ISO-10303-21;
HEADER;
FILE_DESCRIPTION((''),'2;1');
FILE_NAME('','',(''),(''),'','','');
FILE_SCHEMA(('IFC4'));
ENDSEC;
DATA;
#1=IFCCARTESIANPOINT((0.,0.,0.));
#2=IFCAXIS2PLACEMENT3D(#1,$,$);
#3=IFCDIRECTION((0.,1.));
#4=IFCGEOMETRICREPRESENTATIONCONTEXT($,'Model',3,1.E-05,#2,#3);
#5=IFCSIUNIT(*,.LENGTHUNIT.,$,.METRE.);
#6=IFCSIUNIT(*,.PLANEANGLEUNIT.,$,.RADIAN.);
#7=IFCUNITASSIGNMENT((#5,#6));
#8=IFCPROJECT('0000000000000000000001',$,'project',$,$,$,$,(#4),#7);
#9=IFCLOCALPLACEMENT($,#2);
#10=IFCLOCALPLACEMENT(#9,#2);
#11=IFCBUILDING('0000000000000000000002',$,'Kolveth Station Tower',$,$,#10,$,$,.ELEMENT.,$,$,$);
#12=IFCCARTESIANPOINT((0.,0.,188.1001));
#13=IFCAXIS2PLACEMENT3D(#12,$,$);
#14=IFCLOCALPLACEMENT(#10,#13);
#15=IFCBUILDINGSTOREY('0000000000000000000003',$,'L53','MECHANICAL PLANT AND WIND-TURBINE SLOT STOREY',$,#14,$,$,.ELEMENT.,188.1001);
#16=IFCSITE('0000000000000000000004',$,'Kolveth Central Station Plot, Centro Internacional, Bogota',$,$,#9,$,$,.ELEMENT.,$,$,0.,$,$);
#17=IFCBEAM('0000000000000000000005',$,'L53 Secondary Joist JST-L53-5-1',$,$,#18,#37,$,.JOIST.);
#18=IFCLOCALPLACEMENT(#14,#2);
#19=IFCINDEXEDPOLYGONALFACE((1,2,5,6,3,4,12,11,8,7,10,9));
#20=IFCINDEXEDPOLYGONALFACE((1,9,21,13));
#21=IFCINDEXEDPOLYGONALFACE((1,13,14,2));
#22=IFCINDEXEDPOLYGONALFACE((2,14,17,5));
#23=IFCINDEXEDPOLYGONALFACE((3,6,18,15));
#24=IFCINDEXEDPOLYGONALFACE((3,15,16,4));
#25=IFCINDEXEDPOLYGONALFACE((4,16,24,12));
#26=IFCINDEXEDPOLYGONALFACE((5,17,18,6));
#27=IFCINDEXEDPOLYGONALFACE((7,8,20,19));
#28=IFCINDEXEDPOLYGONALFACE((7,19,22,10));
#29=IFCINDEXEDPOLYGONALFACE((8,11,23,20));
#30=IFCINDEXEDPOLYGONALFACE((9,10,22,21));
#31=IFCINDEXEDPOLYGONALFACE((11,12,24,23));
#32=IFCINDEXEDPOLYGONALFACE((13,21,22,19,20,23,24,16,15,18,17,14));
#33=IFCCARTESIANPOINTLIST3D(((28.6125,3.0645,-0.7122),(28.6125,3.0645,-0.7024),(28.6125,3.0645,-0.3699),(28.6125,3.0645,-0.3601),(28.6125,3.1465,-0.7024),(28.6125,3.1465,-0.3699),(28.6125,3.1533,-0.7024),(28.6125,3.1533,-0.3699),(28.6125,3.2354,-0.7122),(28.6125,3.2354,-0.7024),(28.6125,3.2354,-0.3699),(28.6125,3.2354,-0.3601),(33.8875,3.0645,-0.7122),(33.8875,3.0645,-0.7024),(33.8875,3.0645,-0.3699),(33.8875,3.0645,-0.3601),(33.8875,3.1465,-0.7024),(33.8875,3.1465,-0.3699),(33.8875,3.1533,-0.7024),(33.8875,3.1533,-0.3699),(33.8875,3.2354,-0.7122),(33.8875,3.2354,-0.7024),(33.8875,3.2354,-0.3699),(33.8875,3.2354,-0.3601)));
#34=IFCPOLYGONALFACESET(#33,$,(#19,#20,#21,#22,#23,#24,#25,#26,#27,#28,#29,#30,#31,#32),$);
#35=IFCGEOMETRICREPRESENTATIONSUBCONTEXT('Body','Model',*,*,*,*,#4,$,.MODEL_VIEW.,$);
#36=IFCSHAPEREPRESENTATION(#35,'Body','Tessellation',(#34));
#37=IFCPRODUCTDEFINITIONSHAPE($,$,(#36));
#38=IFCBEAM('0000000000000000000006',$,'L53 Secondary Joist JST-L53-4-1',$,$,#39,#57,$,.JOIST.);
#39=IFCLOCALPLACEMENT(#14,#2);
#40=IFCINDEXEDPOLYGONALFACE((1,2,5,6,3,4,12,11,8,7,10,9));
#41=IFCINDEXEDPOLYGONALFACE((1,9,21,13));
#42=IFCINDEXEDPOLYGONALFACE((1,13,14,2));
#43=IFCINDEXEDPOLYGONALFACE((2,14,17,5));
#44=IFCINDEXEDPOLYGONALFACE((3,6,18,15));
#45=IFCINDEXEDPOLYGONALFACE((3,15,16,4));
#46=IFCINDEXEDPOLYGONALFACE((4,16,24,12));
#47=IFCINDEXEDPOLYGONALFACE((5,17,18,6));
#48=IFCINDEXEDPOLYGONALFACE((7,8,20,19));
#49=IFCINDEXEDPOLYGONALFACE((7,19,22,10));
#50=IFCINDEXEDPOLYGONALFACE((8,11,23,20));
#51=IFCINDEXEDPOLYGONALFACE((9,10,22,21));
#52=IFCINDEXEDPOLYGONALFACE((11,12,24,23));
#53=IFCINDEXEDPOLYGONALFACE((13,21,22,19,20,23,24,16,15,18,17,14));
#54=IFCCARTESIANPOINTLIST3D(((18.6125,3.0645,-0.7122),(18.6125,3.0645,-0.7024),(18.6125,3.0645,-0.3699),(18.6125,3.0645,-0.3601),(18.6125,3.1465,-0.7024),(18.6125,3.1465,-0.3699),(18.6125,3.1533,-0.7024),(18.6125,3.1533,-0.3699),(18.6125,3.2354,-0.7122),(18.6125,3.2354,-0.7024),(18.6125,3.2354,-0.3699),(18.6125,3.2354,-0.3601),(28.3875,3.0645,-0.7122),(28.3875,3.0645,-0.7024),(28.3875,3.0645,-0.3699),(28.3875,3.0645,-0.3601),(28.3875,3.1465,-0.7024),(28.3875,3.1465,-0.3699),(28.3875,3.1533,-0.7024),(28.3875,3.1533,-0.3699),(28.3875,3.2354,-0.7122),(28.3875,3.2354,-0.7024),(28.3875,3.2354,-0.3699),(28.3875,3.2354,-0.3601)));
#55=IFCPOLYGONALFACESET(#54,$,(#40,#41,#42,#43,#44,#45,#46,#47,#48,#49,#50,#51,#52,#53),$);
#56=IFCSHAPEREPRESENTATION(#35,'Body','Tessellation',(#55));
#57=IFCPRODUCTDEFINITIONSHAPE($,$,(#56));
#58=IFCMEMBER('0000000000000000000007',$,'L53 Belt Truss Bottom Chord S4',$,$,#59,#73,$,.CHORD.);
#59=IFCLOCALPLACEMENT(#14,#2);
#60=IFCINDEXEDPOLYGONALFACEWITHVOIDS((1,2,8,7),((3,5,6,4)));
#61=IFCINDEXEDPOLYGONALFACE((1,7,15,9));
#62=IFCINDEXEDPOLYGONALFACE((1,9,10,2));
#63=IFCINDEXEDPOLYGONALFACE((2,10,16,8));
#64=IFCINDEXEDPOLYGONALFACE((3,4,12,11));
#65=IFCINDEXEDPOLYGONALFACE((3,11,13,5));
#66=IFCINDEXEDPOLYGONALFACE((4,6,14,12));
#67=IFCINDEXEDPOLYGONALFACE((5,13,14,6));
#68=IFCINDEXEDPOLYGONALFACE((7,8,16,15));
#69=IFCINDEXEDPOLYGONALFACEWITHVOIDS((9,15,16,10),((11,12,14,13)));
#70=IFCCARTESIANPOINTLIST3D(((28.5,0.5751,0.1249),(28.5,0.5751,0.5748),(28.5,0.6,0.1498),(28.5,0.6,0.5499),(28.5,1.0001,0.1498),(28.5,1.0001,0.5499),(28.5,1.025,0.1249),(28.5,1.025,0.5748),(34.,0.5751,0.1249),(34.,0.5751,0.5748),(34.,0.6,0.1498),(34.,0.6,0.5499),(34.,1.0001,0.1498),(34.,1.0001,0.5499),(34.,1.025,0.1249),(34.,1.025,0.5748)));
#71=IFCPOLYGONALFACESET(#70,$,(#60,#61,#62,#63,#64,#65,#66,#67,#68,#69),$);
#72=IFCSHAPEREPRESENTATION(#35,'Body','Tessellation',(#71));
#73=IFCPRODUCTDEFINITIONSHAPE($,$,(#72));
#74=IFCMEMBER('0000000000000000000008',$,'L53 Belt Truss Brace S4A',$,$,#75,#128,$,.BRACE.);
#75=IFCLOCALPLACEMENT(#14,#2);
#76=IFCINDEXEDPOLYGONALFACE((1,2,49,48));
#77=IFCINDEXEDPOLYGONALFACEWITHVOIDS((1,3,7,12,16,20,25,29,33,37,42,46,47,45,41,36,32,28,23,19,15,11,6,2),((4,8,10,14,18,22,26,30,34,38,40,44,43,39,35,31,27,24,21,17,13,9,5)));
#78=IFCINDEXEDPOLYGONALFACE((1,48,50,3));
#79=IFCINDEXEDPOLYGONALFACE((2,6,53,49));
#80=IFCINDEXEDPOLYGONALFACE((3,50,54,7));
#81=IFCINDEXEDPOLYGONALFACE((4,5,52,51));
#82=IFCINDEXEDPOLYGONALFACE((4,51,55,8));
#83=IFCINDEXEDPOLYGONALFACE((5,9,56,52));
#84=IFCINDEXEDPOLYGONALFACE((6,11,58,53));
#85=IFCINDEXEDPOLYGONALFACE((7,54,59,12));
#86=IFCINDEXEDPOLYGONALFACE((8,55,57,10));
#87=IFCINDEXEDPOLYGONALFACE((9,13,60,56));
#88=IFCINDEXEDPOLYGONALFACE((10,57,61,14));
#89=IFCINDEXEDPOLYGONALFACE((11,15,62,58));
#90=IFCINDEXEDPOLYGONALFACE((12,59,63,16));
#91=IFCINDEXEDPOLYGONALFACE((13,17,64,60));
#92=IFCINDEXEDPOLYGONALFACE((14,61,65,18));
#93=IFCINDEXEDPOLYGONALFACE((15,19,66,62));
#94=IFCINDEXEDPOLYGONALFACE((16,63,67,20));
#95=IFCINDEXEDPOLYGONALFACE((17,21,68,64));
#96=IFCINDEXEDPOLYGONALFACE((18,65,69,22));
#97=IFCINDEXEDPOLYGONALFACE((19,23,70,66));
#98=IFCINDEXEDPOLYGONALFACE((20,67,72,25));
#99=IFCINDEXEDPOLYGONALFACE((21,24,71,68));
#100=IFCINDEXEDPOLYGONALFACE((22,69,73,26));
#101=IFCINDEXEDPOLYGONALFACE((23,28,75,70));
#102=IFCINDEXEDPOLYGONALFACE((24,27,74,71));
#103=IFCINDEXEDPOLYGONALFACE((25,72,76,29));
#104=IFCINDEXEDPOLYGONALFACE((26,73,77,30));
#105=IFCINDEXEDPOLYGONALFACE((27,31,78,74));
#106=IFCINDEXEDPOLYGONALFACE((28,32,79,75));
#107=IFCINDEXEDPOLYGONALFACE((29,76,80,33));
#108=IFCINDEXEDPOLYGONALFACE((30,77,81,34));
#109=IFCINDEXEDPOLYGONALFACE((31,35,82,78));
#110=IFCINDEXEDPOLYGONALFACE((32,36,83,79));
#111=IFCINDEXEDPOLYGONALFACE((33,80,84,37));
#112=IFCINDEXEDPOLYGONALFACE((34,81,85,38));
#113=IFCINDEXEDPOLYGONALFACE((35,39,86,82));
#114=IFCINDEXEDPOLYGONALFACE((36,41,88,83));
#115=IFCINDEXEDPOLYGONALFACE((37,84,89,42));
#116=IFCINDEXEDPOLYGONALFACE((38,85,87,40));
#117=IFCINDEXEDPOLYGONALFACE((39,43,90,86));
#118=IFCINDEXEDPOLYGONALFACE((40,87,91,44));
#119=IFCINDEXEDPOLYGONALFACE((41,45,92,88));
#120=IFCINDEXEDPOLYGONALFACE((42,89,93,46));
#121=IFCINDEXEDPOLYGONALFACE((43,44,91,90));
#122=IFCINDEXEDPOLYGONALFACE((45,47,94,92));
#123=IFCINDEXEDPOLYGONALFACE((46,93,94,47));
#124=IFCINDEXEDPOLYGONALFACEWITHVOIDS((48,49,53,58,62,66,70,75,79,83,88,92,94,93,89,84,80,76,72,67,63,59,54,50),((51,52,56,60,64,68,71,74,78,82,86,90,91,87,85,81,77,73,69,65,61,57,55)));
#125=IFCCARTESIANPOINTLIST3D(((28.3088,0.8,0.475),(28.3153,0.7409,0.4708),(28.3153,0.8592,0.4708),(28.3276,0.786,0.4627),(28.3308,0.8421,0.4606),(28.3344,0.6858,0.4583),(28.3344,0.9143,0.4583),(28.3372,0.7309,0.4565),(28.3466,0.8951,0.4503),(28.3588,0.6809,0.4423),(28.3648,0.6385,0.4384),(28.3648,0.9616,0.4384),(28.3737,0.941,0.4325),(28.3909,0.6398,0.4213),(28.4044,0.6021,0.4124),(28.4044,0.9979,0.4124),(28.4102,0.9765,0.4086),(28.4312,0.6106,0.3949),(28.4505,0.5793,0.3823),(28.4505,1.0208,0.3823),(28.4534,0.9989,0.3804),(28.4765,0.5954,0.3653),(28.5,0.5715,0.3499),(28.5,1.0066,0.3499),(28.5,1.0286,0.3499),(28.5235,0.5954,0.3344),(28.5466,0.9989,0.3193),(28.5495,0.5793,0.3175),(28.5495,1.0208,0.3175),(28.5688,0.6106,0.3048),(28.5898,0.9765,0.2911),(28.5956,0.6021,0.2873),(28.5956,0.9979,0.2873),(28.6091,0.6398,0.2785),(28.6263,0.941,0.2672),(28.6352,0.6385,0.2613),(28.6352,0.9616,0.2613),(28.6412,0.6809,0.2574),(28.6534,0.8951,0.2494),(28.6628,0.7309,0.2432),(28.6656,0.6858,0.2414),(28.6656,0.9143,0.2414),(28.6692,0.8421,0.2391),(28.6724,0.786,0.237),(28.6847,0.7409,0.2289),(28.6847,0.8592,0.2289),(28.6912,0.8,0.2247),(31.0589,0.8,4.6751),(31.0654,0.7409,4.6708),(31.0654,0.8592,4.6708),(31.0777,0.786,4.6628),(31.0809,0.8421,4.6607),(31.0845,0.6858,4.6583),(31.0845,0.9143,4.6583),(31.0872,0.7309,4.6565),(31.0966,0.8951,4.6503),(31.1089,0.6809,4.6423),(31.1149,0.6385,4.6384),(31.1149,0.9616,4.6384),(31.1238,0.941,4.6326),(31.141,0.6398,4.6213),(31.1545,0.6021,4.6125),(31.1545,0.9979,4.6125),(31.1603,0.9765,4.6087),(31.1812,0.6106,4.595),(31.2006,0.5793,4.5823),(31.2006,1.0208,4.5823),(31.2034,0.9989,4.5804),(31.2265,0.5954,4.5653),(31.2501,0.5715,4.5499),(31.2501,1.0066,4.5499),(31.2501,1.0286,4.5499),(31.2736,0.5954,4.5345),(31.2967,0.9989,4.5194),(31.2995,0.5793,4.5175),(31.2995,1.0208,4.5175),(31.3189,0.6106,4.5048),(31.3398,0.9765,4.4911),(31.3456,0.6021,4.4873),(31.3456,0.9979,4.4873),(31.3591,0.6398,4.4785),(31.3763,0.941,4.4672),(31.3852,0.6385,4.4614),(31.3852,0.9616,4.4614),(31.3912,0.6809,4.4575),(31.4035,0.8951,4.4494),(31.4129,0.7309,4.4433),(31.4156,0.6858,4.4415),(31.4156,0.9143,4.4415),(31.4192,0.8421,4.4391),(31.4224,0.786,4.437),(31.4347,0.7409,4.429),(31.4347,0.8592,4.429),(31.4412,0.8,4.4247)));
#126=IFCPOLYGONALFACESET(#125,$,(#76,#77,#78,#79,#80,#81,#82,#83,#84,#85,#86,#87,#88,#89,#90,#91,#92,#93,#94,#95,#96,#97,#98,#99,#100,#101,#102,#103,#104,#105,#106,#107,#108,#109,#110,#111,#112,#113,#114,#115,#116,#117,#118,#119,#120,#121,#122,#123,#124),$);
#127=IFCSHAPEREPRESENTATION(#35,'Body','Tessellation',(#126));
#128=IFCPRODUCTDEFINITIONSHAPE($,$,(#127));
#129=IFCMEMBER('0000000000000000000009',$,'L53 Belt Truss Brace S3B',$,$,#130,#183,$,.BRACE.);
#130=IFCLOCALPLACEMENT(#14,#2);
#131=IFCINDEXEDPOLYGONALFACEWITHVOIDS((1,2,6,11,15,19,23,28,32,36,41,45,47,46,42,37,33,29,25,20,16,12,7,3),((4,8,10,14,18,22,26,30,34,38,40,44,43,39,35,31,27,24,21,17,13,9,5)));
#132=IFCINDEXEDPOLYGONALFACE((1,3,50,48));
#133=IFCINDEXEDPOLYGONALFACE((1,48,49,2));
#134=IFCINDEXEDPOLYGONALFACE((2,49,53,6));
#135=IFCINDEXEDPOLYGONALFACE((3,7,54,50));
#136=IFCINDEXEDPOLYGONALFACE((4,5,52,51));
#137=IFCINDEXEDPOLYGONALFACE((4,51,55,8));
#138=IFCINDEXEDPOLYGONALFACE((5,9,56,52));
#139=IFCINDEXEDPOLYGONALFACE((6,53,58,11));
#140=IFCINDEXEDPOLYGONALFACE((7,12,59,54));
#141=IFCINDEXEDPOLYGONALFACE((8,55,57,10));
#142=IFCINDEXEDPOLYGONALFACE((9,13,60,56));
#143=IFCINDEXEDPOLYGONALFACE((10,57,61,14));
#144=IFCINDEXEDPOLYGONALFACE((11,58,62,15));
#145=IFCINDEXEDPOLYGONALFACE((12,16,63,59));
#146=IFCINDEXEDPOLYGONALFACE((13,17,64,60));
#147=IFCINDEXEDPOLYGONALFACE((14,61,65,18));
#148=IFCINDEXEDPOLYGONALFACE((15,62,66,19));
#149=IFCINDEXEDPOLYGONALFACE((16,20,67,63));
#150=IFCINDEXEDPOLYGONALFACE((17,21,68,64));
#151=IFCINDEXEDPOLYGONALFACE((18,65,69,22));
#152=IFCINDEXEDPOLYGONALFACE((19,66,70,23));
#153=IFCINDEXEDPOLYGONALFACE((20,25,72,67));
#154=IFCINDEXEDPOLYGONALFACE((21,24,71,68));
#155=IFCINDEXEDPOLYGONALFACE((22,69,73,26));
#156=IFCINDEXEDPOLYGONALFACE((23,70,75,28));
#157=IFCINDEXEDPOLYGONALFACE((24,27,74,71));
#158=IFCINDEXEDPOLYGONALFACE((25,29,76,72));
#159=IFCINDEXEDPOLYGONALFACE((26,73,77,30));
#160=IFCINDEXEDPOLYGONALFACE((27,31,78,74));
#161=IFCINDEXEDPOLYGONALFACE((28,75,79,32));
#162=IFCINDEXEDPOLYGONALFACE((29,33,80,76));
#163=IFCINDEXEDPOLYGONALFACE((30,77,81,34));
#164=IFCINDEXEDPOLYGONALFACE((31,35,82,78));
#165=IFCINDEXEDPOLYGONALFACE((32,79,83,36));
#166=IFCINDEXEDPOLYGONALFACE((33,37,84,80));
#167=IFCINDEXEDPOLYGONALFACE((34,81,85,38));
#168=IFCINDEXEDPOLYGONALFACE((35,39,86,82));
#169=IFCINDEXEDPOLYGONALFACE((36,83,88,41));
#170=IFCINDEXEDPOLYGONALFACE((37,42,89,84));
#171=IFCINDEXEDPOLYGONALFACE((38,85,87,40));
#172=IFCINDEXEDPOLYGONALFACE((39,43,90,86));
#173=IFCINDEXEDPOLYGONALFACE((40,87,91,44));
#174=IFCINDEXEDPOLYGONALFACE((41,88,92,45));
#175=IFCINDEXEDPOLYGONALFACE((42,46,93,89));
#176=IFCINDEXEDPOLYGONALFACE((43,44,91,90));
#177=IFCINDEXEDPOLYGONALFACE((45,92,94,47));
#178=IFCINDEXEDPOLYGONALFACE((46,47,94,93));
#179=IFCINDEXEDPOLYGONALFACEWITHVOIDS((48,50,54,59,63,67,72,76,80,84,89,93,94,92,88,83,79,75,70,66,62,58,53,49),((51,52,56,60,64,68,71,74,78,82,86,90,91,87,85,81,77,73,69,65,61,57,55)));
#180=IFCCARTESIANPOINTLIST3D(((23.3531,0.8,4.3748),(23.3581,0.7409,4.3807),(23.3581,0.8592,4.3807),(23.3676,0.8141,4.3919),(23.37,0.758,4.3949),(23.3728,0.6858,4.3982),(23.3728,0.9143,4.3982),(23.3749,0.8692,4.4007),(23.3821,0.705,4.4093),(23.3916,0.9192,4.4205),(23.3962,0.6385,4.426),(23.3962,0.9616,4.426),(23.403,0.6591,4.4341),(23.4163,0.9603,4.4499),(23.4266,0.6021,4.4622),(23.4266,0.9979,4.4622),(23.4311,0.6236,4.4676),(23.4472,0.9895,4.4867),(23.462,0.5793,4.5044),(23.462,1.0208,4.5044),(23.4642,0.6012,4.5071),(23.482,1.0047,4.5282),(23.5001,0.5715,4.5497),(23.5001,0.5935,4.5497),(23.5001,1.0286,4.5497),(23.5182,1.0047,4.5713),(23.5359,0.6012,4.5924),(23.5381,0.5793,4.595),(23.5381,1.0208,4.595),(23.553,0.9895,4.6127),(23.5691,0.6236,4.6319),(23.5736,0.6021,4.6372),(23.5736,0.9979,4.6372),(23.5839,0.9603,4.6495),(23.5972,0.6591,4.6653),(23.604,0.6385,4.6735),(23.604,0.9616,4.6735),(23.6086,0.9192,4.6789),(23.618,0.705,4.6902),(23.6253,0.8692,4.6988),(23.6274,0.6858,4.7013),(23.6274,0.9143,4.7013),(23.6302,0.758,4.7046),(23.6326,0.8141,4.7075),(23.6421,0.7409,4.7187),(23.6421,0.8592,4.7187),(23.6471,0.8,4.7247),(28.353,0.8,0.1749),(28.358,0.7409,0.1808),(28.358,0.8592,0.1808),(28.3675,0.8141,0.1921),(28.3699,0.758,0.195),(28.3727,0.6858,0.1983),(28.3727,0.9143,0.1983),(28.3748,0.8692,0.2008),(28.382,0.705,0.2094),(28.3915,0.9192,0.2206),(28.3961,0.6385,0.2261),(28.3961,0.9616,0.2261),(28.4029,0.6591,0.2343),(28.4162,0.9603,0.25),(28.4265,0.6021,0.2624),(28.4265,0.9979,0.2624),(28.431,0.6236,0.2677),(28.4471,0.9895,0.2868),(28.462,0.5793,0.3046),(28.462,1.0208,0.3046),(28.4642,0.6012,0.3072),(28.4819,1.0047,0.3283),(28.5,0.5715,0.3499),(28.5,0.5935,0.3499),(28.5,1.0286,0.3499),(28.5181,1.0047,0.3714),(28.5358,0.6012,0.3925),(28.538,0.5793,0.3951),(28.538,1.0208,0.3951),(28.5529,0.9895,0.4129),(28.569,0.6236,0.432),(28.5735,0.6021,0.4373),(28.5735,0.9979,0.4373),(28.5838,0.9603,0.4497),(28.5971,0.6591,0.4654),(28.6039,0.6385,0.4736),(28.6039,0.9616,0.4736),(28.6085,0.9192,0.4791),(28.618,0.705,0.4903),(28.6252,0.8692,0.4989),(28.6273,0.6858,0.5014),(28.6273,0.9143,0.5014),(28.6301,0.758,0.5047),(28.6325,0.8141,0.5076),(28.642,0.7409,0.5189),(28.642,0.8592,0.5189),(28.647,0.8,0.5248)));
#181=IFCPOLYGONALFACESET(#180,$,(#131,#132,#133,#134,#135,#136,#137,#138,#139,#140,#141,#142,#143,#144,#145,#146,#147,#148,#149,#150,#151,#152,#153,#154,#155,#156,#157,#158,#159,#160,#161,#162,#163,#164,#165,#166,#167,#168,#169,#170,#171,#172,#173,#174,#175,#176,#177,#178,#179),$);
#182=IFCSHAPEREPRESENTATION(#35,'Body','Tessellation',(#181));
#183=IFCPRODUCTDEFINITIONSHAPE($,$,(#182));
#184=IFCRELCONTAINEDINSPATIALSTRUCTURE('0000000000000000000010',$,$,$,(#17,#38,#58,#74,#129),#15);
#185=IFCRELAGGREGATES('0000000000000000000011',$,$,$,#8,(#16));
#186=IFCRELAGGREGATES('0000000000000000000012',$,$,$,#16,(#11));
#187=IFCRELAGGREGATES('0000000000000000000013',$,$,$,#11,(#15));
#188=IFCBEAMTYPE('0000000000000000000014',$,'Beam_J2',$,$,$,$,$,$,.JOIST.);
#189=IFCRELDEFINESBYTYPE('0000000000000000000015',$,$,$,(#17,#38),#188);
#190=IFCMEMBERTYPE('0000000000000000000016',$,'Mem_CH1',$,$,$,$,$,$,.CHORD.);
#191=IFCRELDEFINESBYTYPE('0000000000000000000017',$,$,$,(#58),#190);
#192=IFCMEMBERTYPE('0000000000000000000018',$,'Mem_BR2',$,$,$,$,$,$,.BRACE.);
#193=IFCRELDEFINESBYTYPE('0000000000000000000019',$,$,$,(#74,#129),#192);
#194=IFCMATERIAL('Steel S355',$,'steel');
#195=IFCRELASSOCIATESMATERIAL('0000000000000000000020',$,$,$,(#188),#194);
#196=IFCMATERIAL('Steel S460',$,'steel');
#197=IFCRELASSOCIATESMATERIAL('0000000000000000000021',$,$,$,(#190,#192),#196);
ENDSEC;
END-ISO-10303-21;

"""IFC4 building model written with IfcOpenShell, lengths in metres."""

from ifc_helpers import new_model, si_unit, direction, frame, origin, origin_2d, place, context, subcontext, project, spatial, hollow_rectangle, hollow_circle, i_section, extrude, source, transform, mapped, material, material_profile, profile_set, type_object, element, save


model = new_model("IFC4")

# Units and contexts
model_context = context("Model", 3, precision=1e-05, world=origin(), true_north=direction((0.0, 1.0)))
body_context = subcontext(model_context, "Body", "Model", "MODEL_VIEW")
ifc_project = project(units=[si_unit("LENGTHUNIT", "METRE"), si_unit("PLANEANGLEUNIT", "RADIAN")], contexts=[model_context])

# Site, building, storey
site_placement = place(None, origin())
site = spatial("IfcSite", under=ifc_project, at=site_placement, Name="Kolveth Central Station Plot, Centro Internacional, Bogota", CompositionType="ELEMENT", RefElevation=0.0)
building_placement = place(site_placement, origin())
building = spatial("IfcBuilding", under=site, at=building_placement, Name="Kolveth Station Tower", CompositionType="ELEMENT")
storey_placement = place(building_placement, frame((0.0, 0.0, 188.1001)))
storey = spatial("IfcBuildingStorey", under=building, at=storey_placement, Name="L53", Description="MECHANICAL PLANT AND WIND-TURBINE SLOT STOREY", CompositionType="ELEMENT", Elevation=188.1001)

# Shared definitions
ifc_material_1 = material(Name="Steel S355", Category="steel")

# Beams
ifc_material_profile_1 = material_profile(ifc_material_1, i_section(OverallWidth=0.1709, OverallDepth=0.3521, WebThickness=0.0068, FlangeThickness=0.0098, at=origin_2d()), Name="W360x44")
ifc_profile_set_1 = profile_set([ifc_material_profile_1], Name="Steel S355")
beam_type_1 = type_object("IfcBeamType", Name="Beam_J2", PredefinedType="JOIST", material=ifc_profile_set_1)
shared_shape_1 = source(origin(), body_context, "Body", "SweptSolid", [
    extrude(i_section(OverallWidth=0.1709, OverallDepth=0.3521, WebThickness=0.0068, FlangeThickness=0.0098, at=origin_2d()), origin(), (0.0, 0.0, 1.0), 5.2749),
])
beam_1_placement = place(storey_placement, frame((28.6125, 3.1499, -0.5361), z_axis=(1.0, 0.0, 0.0), x_axis=(0.0, 1.0, 0.0)))
element("IfcBeam", 1, at=beam_1_placement, inside=storey, type_object=beam_type_1, Name="L53 Secondary Joist JST-L53-5-1", PredefinedType="JOIST", context=body_context, shape_type="MappedRepresentation", body=[
    mapped(shared_shape_1, transform((0.0, 0.0, 0.0), x_axis=(1.0, 0.0, 0.0), y_axis=(0.0, 1.0, 0.0), z_axis=(0.0, 0.0, 1.0), scale=1.0)),
])
shared_shape_2 = source(origin(), body_context, "Body", "SweptSolid", [
    extrude(i_section(OverallWidth=0.1709, OverallDepth=0.3521, WebThickness=0.0068, FlangeThickness=0.0098, at=origin_2d()), origin(), (0.0, 0.0, 1.0), 9.7749),
])
beam_2_placement = place(storey_placement, frame((18.6125, 3.1499, -0.5361), z_axis=(1.0, 0.0, 0.0), x_axis=(0.0, 1.0, 0.0)))
element("IfcBeam", 2, at=beam_2_placement, inside=storey, type_object=beam_type_1, Name="L53 Secondary Joist JST-L53-4-1", PredefinedType="JOIST", context=body_context, shape_type="MappedRepresentation", body=[
    mapped(shared_shape_2, transform((0.0, 0.0, 0.0), x_axis=(1.0, 0.0, 0.0), y_axis=(0.0, 1.0, 0.0), z_axis=(0.0, 0.0, 1.0), scale=1.0)),
])

# Members
ifc_material_2 = material(Name="Steel S460", Category="steel")
ifc_material_profile_2 = material_profile(ifc_material_2, hollow_rectangle(XDim=0.45, YDim=0.45, WallThickness=0.0249, at=origin_2d()), Name="HSS450x450x25")
ifc_profile_set_2 = profile_set([ifc_material_profile_2], Name="Steel S460")
member_type_1 = type_object("IfcMemberType", Name="Mem_CH1", PredefinedType="CHORD", material=ifc_profile_set_2)
shared_shape_3 = source(origin(), body_context, "Body", "SweptSolid", [
    extrude(hollow_rectangle(XDim=0.45, YDim=0.45, WallThickness=0.0249, at=origin_2d()), origin(), (0.0, 0.0, 1.0), 5.5),
])
member_1_placement = place(storey_placement, frame((28.5, 0.8, 0.3499), z_axis=(1.0, 0.0, 0.0), x_axis=(0.0, 1.0, 0.0)))
element("IfcMember", 3, at=member_1_placement, inside=storey, type_object=member_type_1, Name="L53 Belt Truss Bottom Chord S4", PredefinedType="CHORD", context=body_context, shape_type="MappedRepresentation", body=[
    mapped(shared_shape_3, transform((0.0, 0.0, 0.0), x_axis=(1.0, 0.0, 0.0), y_axis=(0.0, 1.0, 0.0), z_axis=(0.0, 0.0, 1.0), scale=1.0)),
])
ifc_material_profile_3 = material_profile(ifc_material_2, hollow_circle(Radius=0.2285, WallThickness=0.022, at=origin_2d()), Name="CHS457x22")
ifc_profile_set_3 = profile_set([ifc_material_profile_3], Name="Steel S460")
member_type_2 = type_object("IfcMemberType", Name="Mem_BR2", PredefinedType="BRACE", material=ifc_profile_set_3)
shared_shape_4 = source(origin(), body_context, "Body", "SweptSolid", [
    extrude(hollow_circle(Radius=0.2285, WallThickness=0.022, at=origin_2d()), origin(), (0.0, 0.0, 1.0), 5.0203),
])
member_2_placement = place(storey_placement, frame((28.5, 0.8, 0.3499), z_axis=(0.54779, 0.0, 0.836616), x_axis=(0.0, 1.0, 0.0)))
element("IfcMember", 4, at=member_2_placement, inside=storey, type_object=member_type_2, Name="L53 Belt Truss Brace S4A", PredefinedType="BRACE", context=body_context, shape_type="MappedRepresentation", body=[
    mapped(shared_shape_4, transform((0.0, 0.0, 0.0), x_axis=(1.0, 0.0, 0.0), y_axis=(0.0, 1.0, 0.0), z_axis=(0.0, 0.0, 1.0), scale=1.0)),
])
shared_shape_5 = source(origin(), body_context, "Body", "SweptSolid", [
    extrude(hollow_circle(Radius=0.2285, WallThickness=0.022, at=origin_2d()), origin(), (0.0, 0.0, 1.0), 6.5298),
])
member_3_placement = place(storey_placement, frame((28.5, 0.8, 0.3499), z_axis=(-0.765709, 0.0, 0.643188), x_axis=(0.0, -1.0, 0.0)))
element("IfcMember", 5, at=member_3_placement, inside=storey, type_object=member_type_2, Name="L53 Belt Truss Brace S3B", PredefinedType="BRACE", context=body_context, shape_type="MappedRepresentation", body=[
    mapped(shared_shape_5, transform((0.0, 0.0, 0.0), x_axis=(1.0, 0.0, 0.0), y_axis=(0.0, 1.0, 0.0), z_axis=(0.0, 0.0, 1.0), scale=1.0)),
])

save(model, "model.ifc")
